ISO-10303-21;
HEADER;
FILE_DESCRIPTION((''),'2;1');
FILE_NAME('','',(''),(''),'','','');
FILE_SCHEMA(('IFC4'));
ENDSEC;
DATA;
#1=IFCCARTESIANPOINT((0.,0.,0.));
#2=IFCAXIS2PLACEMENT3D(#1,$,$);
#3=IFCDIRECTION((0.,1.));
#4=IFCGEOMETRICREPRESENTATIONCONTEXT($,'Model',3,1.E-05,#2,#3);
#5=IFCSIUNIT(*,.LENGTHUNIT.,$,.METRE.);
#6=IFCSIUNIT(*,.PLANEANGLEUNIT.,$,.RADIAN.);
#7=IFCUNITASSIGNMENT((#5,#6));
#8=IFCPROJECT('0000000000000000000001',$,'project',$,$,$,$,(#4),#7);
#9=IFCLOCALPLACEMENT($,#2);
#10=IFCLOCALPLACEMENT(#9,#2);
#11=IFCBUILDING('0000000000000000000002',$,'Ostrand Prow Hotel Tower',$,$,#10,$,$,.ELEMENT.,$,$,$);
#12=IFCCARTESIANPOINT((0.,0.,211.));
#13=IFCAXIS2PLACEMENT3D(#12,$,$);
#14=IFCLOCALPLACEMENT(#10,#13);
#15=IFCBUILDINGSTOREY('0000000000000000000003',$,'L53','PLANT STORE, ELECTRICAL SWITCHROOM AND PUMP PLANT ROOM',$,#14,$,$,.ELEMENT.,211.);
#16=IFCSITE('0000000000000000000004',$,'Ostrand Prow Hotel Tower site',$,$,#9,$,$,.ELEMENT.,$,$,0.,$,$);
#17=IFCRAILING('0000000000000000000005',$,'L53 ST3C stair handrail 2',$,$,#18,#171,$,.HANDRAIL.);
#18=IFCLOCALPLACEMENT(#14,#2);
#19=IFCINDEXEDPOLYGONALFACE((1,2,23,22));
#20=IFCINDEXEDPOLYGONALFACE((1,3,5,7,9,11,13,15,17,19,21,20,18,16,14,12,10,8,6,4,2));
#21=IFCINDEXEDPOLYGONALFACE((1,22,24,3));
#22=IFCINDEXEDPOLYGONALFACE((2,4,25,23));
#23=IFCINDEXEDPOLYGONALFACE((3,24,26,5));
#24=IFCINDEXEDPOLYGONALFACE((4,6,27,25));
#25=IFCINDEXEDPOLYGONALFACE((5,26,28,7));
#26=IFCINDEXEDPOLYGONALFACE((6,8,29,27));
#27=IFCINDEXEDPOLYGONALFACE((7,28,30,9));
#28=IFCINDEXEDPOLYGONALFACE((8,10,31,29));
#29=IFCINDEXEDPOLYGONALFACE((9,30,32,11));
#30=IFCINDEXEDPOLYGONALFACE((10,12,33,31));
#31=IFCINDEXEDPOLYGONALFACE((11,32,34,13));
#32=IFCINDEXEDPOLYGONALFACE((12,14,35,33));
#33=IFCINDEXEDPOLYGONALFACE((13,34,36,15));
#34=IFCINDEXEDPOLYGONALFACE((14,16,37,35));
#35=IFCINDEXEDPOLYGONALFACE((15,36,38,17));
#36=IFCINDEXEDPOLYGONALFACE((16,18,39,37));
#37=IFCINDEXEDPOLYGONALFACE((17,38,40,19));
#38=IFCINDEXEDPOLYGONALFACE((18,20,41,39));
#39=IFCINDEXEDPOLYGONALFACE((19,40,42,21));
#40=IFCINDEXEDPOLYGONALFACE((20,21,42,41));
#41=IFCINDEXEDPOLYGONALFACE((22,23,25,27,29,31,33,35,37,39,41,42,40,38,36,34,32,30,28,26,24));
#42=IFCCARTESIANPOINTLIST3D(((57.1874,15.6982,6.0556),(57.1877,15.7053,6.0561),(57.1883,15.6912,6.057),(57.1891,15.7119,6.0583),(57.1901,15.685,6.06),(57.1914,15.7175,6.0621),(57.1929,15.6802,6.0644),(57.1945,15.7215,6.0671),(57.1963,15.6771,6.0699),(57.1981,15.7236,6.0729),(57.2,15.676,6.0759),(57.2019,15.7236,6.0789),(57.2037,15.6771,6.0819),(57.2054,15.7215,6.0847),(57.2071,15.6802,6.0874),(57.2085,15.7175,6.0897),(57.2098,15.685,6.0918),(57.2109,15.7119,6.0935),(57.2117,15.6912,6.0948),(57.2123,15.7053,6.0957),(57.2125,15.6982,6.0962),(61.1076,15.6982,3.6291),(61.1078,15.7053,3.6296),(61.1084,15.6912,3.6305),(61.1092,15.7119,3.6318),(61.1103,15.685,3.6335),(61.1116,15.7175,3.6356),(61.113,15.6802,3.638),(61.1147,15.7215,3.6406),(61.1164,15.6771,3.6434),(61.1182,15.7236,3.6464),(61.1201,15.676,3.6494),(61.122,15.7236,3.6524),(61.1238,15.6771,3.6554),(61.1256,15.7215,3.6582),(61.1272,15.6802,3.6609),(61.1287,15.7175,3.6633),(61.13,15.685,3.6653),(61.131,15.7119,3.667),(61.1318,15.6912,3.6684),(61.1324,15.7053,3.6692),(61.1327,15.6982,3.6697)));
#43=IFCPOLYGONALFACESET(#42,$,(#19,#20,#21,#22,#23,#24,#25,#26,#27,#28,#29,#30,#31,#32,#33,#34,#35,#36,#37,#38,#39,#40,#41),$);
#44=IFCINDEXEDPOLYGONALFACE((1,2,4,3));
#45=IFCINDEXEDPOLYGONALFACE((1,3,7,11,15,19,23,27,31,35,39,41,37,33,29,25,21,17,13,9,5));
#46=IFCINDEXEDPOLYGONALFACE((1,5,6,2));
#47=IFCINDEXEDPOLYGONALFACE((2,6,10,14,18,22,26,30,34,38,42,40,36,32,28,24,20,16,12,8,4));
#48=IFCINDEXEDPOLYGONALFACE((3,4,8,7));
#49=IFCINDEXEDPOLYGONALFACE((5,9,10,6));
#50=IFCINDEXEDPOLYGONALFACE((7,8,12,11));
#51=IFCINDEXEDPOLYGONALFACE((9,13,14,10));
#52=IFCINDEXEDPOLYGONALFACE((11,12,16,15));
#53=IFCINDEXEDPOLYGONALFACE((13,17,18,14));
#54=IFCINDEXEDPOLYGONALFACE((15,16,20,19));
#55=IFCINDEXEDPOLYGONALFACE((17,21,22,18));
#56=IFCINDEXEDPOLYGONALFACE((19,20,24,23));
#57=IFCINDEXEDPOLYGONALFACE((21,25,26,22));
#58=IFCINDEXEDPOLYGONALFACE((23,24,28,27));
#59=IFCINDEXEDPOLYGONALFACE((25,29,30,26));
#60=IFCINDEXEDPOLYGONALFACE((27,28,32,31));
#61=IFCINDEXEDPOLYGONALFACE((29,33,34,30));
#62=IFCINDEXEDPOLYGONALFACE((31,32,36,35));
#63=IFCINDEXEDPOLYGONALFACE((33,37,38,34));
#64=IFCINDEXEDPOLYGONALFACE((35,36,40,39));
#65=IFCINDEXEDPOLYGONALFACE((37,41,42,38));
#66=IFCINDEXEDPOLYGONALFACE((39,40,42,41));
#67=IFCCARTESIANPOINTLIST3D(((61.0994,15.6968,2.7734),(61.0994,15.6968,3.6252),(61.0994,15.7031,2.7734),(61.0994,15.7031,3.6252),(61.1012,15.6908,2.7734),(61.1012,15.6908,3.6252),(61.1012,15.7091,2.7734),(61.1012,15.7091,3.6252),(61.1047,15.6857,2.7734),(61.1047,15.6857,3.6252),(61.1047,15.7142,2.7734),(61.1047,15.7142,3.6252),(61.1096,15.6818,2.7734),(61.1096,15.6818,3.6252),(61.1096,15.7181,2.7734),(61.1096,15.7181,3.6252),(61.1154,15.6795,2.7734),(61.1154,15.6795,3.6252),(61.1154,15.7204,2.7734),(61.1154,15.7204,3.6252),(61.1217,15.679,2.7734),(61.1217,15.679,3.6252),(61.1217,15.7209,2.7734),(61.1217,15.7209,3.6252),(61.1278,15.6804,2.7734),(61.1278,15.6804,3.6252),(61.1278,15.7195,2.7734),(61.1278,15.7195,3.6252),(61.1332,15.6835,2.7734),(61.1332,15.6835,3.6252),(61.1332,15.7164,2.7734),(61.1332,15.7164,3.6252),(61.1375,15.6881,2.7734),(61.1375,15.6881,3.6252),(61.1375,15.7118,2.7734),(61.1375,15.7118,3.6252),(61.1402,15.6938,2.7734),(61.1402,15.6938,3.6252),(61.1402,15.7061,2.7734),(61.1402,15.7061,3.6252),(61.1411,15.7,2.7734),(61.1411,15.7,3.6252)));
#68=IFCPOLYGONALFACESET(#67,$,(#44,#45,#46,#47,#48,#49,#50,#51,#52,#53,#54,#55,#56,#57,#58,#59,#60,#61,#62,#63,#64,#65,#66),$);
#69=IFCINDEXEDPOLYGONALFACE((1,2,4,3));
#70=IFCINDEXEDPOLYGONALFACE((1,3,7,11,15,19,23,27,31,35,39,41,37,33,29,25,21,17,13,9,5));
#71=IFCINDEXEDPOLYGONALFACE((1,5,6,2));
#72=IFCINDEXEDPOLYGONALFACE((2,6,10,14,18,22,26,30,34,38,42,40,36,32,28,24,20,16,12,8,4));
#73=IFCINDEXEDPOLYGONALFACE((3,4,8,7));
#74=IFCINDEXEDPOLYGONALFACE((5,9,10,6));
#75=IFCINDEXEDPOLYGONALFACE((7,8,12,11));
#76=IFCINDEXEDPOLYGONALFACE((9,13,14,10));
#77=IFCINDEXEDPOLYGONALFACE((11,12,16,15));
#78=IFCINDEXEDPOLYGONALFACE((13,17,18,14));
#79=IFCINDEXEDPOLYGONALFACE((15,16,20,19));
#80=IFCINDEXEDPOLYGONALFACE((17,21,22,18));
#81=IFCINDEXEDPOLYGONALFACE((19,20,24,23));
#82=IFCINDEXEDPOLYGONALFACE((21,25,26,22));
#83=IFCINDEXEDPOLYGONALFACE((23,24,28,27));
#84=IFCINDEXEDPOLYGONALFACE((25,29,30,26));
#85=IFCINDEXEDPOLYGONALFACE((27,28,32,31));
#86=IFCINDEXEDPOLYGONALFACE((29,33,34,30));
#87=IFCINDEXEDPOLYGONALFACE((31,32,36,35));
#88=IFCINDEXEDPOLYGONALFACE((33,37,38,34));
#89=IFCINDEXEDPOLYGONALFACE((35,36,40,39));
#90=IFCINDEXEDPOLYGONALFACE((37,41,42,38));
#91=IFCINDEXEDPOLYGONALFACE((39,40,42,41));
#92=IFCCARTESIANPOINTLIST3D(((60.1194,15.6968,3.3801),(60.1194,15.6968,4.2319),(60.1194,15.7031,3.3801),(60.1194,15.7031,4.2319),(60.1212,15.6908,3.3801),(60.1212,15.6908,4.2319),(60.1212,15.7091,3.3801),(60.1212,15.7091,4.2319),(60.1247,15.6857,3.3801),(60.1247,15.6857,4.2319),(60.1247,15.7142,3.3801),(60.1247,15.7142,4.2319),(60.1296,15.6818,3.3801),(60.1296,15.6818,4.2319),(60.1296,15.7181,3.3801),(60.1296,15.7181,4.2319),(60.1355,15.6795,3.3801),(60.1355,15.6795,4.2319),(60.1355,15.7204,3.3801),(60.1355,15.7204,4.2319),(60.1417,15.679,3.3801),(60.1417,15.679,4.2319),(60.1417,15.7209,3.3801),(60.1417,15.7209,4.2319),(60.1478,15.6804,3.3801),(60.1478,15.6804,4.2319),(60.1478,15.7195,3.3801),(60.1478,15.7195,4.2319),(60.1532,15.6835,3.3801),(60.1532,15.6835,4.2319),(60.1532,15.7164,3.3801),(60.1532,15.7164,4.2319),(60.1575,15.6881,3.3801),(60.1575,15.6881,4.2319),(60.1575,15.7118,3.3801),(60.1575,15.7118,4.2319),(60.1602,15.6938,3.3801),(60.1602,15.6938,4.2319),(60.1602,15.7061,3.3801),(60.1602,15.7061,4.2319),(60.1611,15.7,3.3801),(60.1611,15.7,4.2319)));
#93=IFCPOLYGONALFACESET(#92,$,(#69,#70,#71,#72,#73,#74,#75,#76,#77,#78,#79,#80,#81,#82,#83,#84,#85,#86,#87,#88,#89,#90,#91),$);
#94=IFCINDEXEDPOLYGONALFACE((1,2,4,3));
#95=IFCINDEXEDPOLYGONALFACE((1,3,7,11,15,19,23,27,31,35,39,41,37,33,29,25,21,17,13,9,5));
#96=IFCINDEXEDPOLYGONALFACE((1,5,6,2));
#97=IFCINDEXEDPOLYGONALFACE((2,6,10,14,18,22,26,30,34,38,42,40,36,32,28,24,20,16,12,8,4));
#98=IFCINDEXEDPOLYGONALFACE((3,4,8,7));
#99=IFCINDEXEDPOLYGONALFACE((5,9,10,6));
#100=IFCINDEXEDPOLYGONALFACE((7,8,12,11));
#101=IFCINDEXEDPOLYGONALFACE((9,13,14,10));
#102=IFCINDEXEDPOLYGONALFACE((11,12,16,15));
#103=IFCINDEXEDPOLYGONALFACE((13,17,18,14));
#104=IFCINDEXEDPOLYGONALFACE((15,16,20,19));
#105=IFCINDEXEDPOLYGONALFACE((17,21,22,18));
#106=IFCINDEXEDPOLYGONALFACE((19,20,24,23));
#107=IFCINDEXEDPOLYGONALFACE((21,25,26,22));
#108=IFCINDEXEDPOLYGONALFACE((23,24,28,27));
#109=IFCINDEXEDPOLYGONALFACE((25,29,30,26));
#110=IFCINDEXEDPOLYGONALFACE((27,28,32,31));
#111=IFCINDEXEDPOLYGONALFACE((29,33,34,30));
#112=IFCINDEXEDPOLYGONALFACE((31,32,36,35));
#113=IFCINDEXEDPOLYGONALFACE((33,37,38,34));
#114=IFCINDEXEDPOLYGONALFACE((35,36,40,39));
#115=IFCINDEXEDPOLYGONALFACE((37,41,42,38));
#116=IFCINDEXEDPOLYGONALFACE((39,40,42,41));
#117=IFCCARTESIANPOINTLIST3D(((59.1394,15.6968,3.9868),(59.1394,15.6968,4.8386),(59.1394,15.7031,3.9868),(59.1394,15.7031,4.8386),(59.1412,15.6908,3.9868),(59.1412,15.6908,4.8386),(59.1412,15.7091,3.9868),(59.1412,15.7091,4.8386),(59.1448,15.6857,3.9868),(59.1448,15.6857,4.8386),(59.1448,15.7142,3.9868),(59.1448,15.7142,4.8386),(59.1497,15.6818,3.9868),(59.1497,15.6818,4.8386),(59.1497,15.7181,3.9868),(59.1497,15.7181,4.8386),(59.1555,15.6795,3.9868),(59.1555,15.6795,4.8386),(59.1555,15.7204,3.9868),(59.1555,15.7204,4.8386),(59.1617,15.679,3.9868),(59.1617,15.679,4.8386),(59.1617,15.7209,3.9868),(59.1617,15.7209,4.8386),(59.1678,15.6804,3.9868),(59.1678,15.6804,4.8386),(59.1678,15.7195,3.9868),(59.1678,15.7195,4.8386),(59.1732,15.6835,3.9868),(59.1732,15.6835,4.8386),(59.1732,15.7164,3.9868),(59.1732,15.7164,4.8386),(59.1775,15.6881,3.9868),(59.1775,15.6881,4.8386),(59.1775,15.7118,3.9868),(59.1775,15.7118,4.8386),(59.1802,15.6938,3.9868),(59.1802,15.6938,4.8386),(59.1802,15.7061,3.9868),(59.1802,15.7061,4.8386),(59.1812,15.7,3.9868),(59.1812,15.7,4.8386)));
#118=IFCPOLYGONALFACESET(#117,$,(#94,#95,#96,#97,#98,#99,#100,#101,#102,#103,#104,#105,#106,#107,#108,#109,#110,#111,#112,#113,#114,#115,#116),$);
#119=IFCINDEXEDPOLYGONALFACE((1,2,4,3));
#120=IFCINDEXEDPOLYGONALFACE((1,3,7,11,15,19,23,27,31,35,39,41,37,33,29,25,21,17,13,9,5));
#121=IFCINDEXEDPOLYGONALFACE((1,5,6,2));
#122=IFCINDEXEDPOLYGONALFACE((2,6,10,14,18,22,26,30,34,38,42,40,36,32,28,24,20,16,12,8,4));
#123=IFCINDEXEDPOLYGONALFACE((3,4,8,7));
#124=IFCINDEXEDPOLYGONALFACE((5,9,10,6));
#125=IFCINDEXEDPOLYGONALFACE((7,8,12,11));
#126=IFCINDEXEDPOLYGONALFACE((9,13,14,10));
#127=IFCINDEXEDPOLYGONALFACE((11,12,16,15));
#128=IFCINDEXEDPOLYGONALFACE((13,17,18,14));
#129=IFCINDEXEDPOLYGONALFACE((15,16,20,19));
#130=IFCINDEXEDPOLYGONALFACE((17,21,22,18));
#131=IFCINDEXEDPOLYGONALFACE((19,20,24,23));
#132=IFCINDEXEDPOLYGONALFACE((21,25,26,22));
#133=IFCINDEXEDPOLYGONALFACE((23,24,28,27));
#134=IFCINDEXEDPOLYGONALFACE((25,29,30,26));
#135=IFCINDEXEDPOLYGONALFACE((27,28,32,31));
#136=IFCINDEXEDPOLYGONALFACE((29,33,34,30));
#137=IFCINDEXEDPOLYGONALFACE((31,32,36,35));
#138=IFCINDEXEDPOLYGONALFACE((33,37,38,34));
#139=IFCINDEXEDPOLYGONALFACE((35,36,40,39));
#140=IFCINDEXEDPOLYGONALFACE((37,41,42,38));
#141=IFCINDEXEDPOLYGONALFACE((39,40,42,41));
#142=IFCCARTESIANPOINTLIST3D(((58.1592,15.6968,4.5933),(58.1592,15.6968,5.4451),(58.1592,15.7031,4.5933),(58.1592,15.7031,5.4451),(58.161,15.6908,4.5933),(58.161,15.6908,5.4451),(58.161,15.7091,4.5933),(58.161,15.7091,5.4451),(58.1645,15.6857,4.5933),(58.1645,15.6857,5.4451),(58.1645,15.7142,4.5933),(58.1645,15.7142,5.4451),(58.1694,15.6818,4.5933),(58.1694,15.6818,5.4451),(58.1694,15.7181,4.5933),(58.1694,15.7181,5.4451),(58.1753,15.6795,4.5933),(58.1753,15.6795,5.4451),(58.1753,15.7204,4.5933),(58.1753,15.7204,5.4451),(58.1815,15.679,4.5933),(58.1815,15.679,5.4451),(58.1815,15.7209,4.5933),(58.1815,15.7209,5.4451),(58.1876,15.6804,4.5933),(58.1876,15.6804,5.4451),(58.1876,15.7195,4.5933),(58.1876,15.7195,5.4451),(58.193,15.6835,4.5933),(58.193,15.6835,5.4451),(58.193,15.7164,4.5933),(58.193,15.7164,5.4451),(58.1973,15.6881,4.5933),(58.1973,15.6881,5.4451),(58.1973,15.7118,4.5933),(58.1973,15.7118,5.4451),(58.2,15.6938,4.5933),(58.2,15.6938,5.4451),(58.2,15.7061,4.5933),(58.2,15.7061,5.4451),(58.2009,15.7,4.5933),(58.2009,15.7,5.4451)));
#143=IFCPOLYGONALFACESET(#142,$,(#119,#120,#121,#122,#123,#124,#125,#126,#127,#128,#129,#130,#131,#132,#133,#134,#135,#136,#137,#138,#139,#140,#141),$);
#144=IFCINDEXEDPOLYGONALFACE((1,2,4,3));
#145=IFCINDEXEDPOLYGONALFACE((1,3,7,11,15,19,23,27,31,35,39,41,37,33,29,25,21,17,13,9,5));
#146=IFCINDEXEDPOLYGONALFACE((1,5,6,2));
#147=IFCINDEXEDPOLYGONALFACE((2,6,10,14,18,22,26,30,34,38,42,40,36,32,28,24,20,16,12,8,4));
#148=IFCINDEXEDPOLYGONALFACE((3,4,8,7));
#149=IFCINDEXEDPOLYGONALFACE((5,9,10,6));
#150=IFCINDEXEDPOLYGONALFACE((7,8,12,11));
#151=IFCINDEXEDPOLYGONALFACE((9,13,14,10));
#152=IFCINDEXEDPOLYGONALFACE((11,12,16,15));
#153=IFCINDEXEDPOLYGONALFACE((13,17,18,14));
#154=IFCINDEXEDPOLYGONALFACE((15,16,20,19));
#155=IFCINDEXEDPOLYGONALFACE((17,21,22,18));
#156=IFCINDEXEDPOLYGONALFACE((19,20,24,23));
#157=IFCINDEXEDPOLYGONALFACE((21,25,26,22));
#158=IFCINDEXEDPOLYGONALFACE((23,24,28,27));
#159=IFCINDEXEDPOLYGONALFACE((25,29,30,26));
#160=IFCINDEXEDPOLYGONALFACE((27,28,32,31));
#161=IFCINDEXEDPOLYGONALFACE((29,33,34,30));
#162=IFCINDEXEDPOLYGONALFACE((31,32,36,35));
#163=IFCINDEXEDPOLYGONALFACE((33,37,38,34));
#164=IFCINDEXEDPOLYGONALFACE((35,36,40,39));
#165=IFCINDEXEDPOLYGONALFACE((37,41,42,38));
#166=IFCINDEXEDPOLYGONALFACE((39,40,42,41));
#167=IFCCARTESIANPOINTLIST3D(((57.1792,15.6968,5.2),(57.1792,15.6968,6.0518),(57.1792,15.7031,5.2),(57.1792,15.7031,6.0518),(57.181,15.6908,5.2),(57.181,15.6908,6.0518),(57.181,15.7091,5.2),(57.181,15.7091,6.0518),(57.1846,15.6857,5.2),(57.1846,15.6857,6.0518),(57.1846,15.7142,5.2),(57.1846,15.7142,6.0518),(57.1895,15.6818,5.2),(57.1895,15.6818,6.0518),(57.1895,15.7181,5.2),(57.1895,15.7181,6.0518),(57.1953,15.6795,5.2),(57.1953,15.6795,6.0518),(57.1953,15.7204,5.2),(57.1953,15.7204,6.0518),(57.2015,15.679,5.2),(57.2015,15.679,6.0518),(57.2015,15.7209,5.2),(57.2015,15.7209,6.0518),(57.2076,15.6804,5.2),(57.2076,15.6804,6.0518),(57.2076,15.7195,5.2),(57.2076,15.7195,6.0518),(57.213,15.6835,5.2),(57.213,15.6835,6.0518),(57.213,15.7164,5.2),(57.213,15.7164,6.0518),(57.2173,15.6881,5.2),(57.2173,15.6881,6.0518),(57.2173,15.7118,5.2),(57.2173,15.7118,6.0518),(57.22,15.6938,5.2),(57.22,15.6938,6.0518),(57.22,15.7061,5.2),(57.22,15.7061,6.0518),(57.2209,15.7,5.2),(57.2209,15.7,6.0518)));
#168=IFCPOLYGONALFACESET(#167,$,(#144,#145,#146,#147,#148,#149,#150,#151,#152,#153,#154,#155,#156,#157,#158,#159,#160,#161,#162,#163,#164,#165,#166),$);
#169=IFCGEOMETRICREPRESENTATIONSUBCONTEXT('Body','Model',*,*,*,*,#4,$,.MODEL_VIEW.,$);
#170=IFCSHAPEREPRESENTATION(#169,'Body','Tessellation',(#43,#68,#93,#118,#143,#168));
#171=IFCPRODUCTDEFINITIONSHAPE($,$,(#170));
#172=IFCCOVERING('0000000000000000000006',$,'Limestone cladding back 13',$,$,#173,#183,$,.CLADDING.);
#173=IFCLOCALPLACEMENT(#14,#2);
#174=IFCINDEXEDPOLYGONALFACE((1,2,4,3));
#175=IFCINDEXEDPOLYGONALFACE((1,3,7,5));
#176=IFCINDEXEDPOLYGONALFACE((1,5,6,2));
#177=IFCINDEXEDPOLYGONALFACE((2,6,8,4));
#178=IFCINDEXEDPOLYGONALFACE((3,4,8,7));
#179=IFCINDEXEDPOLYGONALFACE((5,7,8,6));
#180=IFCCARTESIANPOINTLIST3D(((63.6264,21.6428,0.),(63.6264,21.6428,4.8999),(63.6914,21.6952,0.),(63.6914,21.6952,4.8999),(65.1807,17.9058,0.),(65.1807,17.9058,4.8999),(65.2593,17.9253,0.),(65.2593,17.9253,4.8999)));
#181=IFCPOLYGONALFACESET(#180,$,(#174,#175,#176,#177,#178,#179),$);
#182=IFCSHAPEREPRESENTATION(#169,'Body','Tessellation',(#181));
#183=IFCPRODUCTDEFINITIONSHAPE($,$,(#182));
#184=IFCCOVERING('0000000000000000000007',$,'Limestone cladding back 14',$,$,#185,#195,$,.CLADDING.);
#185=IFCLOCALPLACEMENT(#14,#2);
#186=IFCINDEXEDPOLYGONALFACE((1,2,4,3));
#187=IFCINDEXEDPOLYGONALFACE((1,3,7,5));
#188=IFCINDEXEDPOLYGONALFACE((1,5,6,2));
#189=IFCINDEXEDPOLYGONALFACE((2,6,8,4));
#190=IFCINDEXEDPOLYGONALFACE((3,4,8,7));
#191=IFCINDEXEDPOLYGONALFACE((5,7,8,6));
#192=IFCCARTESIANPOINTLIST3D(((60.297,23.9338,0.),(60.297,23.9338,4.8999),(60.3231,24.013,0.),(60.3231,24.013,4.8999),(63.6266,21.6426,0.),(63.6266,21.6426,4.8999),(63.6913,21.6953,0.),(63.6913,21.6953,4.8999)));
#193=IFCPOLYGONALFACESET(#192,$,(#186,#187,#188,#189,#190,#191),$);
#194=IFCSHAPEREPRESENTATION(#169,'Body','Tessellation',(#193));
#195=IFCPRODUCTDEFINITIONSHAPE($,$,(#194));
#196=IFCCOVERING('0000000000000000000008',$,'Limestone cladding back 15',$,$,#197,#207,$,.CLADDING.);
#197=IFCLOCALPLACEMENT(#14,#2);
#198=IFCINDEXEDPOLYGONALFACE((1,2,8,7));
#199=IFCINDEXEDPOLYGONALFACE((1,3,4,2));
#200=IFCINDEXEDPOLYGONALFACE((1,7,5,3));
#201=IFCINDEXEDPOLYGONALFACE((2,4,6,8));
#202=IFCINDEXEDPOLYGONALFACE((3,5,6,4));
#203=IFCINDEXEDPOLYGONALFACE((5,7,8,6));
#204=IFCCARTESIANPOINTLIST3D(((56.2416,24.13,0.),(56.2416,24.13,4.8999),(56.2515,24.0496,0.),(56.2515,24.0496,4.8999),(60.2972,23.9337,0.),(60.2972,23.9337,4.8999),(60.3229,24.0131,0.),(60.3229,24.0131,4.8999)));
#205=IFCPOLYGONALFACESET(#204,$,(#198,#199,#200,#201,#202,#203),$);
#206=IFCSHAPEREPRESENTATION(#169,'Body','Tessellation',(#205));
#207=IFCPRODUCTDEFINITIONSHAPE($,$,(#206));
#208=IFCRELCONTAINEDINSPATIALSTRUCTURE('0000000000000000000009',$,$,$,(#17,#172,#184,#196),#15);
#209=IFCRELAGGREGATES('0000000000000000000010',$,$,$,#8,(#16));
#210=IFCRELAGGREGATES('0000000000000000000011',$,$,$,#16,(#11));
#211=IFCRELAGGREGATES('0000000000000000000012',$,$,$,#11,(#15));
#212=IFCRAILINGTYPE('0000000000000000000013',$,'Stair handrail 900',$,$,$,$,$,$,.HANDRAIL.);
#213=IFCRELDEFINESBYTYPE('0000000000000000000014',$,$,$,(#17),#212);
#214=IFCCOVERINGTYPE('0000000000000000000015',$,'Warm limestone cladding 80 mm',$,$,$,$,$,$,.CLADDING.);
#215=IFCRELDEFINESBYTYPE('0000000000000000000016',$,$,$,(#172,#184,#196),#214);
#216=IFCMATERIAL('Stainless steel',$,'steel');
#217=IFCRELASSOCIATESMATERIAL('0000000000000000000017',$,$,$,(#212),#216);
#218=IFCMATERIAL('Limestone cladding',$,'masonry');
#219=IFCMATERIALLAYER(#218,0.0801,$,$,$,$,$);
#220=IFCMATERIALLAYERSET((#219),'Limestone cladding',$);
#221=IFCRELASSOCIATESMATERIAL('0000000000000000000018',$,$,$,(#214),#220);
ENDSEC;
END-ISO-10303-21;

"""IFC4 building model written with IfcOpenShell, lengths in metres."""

from ifc_helpers import new_model, si_unit, direction, frame, origin, origin_2d, place, context, subcontext, project, spatial, polyline, circle, outline, extrude, material, layer, layer_set, type_object, element, save


model = new_model("IFC4")

# Units and contexts
model_context = context("Model", 3, precision=1e-05, world=origin(), true_north=direction((0.0, 1.0)))
body_context = subcontext(model_context, "Body", "Model", "MODEL_VIEW")
ifc_project = project(units=[si_unit("LENGTHUNIT", "METRE"), si_unit("PLANEANGLEUNIT", "RADIAN")], contexts=[model_context])

# Site, building, storey
site_placement = place(None, origin())
site = spatial("IfcSite", under=ifc_project, at=site_placement, Name="Ostrand Prow Hotel Tower site", CompositionType="ELEMENT", RefElevation=0.0)
building_placement = place(site_placement, origin())
building = spatial("IfcBuilding", under=site, at=building_placement, Name="Ostrand Prow Hotel Tower", CompositionType="ELEMENT")
storey_placement = place(building_placement, frame((0.0, 0.0, 211.0)))
storey = spatial("IfcBuildingStorey", under=building, at=storey_placement, Name="L53", Description="PLANT STORE, ELECTRICAL SWITCHROOM AND PUMP PLANT ROOM", CompositionType="ELEMENT", Elevation=211.0)

# Railing
ifc_material_1 = material(Name="Stainless steel", Category="steel")
railing_type_1 = type_object("IfcRailingType", Name="Stair handrail 900", PredefinedType="HANDRAIL", material=ifc_material_1)
railing_1_placement = place(storey_placement, frame((61.1201, 15.7, 2.7734)))
element("IfcRailing", 1, at=railing_1_placement, inside=storey, type_object=railing_type_1, Name="L53 ST3C stair handrail 2", PredefinedType="HANDRAIL", context=body_context, shape_type="SweptSolid", body=[
    extrude(circle(Radius=0.0239, at=origin_2d()), frame((0.0, 0.0, 0.876), z_axis=(-0.85029, 0.0, 0.526315), x_axis=(0.0, -1.0, 0.0)), (0.0, 0.0, 1.0), 4.6104),
    extrude(circle(Radius=0.021, at=origin_2d()), origin(), (0.0, 0.0, 1.0), 0.8518),
    extrude(circle(Radius=0.021, at=origin_2d()), frame((-0.98, 0.0, 0.6067)), (0.0, 0.0, 1.0), 0.8518),
    extrude(circle(Radius=0.021, at=origin_2d()), frame((-1.96, 0.0, 1.2134)), (0.0, 0.0, 1.0), 0.8518),
    extrude(circle(Radius=0.021, at=origin_2d()), frame((-2.9402, 0.0, 1.8198)), (0.0, 0.0, 1.0), 0.8518),
    extrude(circle(Radius=0.021, at=origin_2d()), frame((-3.9202, 0.0, 2.4265)), (0.0, 0.0, 1.0), 0.8518),
])

# Coverings
ifc_material_2 = material(Name="Limestone cladding", Category="masonry")
ifc_layer_1 = layer(ifc_material_2, 0.0801)
ifc_layer_set_1 = layer_set([ifc_layer_1], Name="Limestone cladding")
covering_type_1 = type_object("IfcCoveringType", Name="Warm limestone cladding 80 mm", PredefinedType="CLADDING", material=ifc_layer_set_1)
covering_1_placement = place(storey_placement, frame((65.22, 17.9155, 0.0), z_axis=(0.0, 0.0, 1.0), x_axis=(-0.38401, 0.923329, 0.0)))
element("IfcCovering", 2, at=covering_1_placement, inside=storey, type_object=covering_type_1, Name="Limestone cladding back 13", PredefinedType="CLADDING", context=body_context, shape_type="SweptSolid", body=[
    extrude(outline(polyline([(-0.0061, -0.04), (4.0769, -0.04), (4.0535, 0.04), (0.0061, 0.04), (-0.0061, -0.04)])), origin(), (0.0, 0.0, 1.0), 4.8999),
])
covering_2_placement = place(storey_placement, frame((63.6589, 21.6689, 0.0), z_axis=(0.0, 0.0, 1.0), x_axis=(-0.823802, 0.566878, 0.0)))
element("IfcCovering", 3, at=covering_2_placement, inside=storey, type_object=covering_type_1, Name="Limestone cladding back 14", PredefinedType="CLADDING", context=body_context, shape_type="SweptSolid", body=[
    extrude(outline(polyline([(-0.0117, -0.04), (4.0769, -0.04), (4.0535, 0.04), (0.0117, 0.04), (-0.0117, -0.04)])), origin(), (0.0, 0.0, 1.0), 4.8999),
])
covering_3_placement = place(storey_placement, frame((60.3101, 23.9734, 0.0), z_axis=(0.0, 0.0, 1.0), x_axis=(-0.99959, 0.028647, 0.0)))
element("IfcCovering", 4, at=covering_3_placement, inside=storey, type_object=covering_type_1, Name="Limestone cladding back 15", PredefinedType="CLADDING", context=body_context, shape_type="SweptSolid", body=[
    extrude(outline(polyline([(-0.0117, -0.04), (4.0713, -0.04), (4.0591, 0.04), (0.0117, 0.04), (-0.0117, -0.04)])), origin(), (0.0, 0.0, 1.0), 4.8999),
])

save(model, "model.ifc")
